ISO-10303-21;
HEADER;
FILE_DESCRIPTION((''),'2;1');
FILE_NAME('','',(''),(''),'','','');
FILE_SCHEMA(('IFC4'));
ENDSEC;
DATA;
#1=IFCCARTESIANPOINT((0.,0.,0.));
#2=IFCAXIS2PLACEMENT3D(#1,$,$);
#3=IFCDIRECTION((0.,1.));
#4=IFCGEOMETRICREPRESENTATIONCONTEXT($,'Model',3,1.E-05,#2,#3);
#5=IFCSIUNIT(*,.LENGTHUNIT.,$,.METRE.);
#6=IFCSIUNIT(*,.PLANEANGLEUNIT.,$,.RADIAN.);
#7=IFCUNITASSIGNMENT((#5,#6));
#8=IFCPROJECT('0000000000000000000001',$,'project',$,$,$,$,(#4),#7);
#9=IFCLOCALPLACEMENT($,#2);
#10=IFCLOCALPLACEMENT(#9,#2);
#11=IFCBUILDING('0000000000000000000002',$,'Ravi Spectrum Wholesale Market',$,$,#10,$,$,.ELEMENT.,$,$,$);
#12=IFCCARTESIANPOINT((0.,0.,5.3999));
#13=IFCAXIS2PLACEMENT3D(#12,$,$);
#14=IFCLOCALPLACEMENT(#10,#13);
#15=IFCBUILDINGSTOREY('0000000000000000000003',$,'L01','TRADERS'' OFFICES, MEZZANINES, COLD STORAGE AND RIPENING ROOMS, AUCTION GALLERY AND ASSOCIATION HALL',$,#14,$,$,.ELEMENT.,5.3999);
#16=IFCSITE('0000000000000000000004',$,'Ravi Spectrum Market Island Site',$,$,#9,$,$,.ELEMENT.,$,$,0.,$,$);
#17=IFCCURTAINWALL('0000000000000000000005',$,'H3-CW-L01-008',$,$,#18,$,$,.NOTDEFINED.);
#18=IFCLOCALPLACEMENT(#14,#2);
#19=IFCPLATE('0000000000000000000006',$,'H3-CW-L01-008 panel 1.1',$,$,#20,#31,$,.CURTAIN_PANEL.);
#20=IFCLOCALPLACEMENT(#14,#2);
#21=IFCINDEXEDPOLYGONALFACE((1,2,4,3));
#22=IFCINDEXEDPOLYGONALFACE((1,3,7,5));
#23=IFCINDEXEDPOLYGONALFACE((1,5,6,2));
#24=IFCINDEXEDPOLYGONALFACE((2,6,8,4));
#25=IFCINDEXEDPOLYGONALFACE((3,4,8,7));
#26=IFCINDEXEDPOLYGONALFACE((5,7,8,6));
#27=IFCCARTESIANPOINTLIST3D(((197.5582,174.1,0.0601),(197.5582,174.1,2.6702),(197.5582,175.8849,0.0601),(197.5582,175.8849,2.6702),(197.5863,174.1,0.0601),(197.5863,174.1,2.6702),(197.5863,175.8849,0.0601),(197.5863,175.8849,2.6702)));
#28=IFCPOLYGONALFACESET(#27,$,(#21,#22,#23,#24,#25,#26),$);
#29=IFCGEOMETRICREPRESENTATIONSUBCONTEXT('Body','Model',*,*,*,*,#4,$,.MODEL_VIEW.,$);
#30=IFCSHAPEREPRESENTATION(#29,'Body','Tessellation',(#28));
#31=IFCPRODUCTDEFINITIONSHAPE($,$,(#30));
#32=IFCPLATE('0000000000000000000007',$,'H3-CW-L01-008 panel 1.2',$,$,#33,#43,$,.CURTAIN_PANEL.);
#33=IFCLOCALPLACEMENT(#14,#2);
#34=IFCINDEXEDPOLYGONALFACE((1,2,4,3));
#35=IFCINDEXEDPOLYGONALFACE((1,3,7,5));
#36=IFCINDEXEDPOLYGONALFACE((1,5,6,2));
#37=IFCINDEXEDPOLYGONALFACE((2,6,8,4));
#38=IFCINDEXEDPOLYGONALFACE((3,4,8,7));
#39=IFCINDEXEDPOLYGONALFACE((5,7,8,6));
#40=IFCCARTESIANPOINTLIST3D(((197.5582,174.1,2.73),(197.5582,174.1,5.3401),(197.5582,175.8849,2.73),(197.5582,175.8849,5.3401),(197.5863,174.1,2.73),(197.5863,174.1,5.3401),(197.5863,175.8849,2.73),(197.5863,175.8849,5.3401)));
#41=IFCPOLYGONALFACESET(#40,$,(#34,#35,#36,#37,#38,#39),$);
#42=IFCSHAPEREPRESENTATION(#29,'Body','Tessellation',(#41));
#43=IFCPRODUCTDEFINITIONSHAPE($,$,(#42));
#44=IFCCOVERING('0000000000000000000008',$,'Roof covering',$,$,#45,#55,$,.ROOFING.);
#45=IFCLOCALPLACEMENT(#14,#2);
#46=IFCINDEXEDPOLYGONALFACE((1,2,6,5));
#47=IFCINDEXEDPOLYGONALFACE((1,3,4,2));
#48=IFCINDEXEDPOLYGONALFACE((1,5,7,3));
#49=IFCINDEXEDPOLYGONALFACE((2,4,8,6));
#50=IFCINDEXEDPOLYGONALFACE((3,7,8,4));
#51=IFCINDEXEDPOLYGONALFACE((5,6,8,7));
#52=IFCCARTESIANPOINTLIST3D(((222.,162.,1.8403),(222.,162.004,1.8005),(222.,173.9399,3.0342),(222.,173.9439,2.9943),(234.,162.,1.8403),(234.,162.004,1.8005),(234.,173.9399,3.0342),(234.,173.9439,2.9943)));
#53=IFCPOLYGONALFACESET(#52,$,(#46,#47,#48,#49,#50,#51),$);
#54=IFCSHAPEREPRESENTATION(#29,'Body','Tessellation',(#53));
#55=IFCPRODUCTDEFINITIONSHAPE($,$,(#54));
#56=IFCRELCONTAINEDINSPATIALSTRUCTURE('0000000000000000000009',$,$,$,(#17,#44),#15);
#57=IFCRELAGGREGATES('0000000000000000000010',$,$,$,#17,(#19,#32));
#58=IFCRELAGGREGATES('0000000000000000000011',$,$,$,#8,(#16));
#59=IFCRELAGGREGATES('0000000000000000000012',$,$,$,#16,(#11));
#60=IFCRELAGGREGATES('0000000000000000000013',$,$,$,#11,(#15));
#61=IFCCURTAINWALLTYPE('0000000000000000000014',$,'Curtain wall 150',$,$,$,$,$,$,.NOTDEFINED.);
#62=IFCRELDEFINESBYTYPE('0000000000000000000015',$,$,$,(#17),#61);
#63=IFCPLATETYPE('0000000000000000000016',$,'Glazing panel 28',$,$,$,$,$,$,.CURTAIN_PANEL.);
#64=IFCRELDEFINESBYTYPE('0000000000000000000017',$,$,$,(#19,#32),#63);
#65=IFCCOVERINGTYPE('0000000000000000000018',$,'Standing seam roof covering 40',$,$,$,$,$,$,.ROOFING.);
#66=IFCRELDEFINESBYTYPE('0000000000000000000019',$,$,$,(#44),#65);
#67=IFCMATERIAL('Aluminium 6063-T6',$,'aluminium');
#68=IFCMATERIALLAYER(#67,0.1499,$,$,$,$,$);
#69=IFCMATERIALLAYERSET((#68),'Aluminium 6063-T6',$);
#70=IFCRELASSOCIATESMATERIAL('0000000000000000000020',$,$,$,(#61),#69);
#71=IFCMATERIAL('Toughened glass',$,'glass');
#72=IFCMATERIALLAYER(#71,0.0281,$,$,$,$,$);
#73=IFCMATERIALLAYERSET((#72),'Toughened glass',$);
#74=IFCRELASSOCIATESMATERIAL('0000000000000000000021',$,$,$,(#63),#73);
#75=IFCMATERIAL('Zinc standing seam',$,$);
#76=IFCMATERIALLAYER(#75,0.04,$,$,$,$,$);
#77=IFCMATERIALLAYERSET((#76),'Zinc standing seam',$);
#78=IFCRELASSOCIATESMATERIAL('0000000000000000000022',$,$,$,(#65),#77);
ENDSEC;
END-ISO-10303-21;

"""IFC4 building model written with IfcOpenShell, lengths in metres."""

from ifc_helpers import new_model, si_unit, direction, frame, origin, origin_2d, place, context, subcontext, project, spatial, polyline, rectangle, outline, extrude, material, layer, layer_set, type_object, element, aggregate, save


model = new_model("IFC4")

# Units and contexts
model_context = context("Model", 3, precision=1e-05, world=origin(), true_north=direction((0.0, 1.0)))
body_context = subcontext(model_context, "Body", "Model", "MODEL_VIEW")
ifc_project = project(units=[si_unit("LENGTHUNIT", "METRE"), si_unit("PLANEANGLEUNIT", "RADIAN")], contexts=[model_context])

# Site, building, storey
site_placement = place(None, origin())
site = spatial("IfcSite", under=ifc_project, at=site_placement, Name="Ravi Spectrum Market Island Site", CompositionType="ELEMENT", RefElevation=0.0)
building_placement = place(site_placement, origin())
building = spatial("IfcBuilding", under=site, at=building_placement, Name="Ravi Spectrum Wholesale Market", CompositionType="ELEMENT")
storey_placement = place(building_placement, frame((0.0, 0.0, 5.3999)))
storey = spatial("IfcBuildingStorey", under=building, at=storey_placement, Name="L01", Description="TRADERS' OFFICES, MEZZANINES, COLD STORAGE AND RIPENING ROOMS, AUCTION GALLERY AND ASSOCIATION HALL", CompositionType="ELEMENT", Elevation=5.3999)

# Shared definitions
ifc_material_1 = material(Name="Aluminium 6063-T6", Category="aluminium")
ifc_layer_1 = layer(ifc_material_1, 0.1499)
ifc_layer_set_1 = layer_set([ifc_layer_1], Name="Aluminium 6063-T6")
curtain_wall_type = type_object("IfcCurtainWallType", Name="Curtain wall 150", PredefinedType="NOTDEFINED", material=ifc_layer_set_1)

# Curtain wall
curtain_wall_1_placement = place(storey_placement, origin())
curtain_wall_1 = element("IfcCurtainWall", 1, at=curtain_wall_1_placement, inside=storey, type_object=curtain_wall_type, Name="H3-CW-L01-008", PredefinedType="NOTDEFINED")

# Plates
ifc_material_2 = material(Name="Toughened glass", Category="glass")
ifc_layer_2 = layer(ifc_material_2, 0.0281)
ifc_layer_set_2 = layer_set([ifc_layer_2], Name="Toughened glass")
plate_type = type_object("IfcPlateType", Name="Glazing panel 28", PredefinedType="CURTAIN_PANEL", material=ifc_layer_set_2)
plate_1_placement = place(storey_placement, frame((197.5723, 174.9924, 0.0601), z_axis=(0.0, 0.0, 1.0), x_axis=(0.0, 1.0, 0.0)))
plate_1 = element("IfcPlate", 2, at=plate_1_placement, type_object=plate_type, Name="H3-CW-L01-008 panel 1.1", PredefinedType="CURTAIN_PANEL", context=body_context, shape_type="SweptSolid", body=[
    extrude(rectangle(XDim=1.7849, YDim=0.0281, at=origin_2d()), origin(), (0.0, 0.0, 1.0), 2.6101),
])
plate_2_placement = place(storey_placement, frame((197.5723, 174.9924, 2.73), z_axis=(0.0, 0.0, 1.0), x_axis=(0.0, 1.0, 0.0)))
plate_2 = element("IfcPlate", 3, at=plate_2_placement, type_object=plate_type, Name="H3-CW-L01-008 panel 1.2", PredefinedType="CURTAIN_PANEL", context=body_context, shape_type="SweptSolid", body=[
    extrude(rectangle(XDim=1.7849, YDim=0.0281, at=origin_2d()), origin(), (0.0, 0.0, 1.0), 2.6101),
])
aggregate(curtain_wall_1, [plate_1, plate_2])

# Covering
ifc_material_3 = material(Name="Zinc standing seam")
ifc_layer_3 = layer(ifc_material_3, 0.04)
ifc_layer_set_3 = layer_set([ifc_layer_3], Name="Zinc standing seam")
covering_type = type_object("IfcCoveringType", Name="Standing seam roof covering 40", PredefinedType="ROOFING", material=ifc_layer_set_3)
covering_placement = place(storey_placement, frame((222.0, 173.9399, 3.0342), z_axis=(0.0, -0.099492, 0.995038), x_axis=(1.0, 0.0, 0.0)))
element("IfcCovering", 4, at=covering_placement, inside=storey, type_object=covering_type, Name="Roof covering", PredefinedType="ROOFING", context=body_context, shape_type="SweptSolid", body=[
    extrude(outline(polyline([(0.0, 0.0), (12.0, 0.0), (12.0, -11.9995), (0.0, -11.9995), (0.0, 0.0)])), origin(), (0.0, 0.0, -1.0), 0.04),
])

save(model, "model.ifc")
